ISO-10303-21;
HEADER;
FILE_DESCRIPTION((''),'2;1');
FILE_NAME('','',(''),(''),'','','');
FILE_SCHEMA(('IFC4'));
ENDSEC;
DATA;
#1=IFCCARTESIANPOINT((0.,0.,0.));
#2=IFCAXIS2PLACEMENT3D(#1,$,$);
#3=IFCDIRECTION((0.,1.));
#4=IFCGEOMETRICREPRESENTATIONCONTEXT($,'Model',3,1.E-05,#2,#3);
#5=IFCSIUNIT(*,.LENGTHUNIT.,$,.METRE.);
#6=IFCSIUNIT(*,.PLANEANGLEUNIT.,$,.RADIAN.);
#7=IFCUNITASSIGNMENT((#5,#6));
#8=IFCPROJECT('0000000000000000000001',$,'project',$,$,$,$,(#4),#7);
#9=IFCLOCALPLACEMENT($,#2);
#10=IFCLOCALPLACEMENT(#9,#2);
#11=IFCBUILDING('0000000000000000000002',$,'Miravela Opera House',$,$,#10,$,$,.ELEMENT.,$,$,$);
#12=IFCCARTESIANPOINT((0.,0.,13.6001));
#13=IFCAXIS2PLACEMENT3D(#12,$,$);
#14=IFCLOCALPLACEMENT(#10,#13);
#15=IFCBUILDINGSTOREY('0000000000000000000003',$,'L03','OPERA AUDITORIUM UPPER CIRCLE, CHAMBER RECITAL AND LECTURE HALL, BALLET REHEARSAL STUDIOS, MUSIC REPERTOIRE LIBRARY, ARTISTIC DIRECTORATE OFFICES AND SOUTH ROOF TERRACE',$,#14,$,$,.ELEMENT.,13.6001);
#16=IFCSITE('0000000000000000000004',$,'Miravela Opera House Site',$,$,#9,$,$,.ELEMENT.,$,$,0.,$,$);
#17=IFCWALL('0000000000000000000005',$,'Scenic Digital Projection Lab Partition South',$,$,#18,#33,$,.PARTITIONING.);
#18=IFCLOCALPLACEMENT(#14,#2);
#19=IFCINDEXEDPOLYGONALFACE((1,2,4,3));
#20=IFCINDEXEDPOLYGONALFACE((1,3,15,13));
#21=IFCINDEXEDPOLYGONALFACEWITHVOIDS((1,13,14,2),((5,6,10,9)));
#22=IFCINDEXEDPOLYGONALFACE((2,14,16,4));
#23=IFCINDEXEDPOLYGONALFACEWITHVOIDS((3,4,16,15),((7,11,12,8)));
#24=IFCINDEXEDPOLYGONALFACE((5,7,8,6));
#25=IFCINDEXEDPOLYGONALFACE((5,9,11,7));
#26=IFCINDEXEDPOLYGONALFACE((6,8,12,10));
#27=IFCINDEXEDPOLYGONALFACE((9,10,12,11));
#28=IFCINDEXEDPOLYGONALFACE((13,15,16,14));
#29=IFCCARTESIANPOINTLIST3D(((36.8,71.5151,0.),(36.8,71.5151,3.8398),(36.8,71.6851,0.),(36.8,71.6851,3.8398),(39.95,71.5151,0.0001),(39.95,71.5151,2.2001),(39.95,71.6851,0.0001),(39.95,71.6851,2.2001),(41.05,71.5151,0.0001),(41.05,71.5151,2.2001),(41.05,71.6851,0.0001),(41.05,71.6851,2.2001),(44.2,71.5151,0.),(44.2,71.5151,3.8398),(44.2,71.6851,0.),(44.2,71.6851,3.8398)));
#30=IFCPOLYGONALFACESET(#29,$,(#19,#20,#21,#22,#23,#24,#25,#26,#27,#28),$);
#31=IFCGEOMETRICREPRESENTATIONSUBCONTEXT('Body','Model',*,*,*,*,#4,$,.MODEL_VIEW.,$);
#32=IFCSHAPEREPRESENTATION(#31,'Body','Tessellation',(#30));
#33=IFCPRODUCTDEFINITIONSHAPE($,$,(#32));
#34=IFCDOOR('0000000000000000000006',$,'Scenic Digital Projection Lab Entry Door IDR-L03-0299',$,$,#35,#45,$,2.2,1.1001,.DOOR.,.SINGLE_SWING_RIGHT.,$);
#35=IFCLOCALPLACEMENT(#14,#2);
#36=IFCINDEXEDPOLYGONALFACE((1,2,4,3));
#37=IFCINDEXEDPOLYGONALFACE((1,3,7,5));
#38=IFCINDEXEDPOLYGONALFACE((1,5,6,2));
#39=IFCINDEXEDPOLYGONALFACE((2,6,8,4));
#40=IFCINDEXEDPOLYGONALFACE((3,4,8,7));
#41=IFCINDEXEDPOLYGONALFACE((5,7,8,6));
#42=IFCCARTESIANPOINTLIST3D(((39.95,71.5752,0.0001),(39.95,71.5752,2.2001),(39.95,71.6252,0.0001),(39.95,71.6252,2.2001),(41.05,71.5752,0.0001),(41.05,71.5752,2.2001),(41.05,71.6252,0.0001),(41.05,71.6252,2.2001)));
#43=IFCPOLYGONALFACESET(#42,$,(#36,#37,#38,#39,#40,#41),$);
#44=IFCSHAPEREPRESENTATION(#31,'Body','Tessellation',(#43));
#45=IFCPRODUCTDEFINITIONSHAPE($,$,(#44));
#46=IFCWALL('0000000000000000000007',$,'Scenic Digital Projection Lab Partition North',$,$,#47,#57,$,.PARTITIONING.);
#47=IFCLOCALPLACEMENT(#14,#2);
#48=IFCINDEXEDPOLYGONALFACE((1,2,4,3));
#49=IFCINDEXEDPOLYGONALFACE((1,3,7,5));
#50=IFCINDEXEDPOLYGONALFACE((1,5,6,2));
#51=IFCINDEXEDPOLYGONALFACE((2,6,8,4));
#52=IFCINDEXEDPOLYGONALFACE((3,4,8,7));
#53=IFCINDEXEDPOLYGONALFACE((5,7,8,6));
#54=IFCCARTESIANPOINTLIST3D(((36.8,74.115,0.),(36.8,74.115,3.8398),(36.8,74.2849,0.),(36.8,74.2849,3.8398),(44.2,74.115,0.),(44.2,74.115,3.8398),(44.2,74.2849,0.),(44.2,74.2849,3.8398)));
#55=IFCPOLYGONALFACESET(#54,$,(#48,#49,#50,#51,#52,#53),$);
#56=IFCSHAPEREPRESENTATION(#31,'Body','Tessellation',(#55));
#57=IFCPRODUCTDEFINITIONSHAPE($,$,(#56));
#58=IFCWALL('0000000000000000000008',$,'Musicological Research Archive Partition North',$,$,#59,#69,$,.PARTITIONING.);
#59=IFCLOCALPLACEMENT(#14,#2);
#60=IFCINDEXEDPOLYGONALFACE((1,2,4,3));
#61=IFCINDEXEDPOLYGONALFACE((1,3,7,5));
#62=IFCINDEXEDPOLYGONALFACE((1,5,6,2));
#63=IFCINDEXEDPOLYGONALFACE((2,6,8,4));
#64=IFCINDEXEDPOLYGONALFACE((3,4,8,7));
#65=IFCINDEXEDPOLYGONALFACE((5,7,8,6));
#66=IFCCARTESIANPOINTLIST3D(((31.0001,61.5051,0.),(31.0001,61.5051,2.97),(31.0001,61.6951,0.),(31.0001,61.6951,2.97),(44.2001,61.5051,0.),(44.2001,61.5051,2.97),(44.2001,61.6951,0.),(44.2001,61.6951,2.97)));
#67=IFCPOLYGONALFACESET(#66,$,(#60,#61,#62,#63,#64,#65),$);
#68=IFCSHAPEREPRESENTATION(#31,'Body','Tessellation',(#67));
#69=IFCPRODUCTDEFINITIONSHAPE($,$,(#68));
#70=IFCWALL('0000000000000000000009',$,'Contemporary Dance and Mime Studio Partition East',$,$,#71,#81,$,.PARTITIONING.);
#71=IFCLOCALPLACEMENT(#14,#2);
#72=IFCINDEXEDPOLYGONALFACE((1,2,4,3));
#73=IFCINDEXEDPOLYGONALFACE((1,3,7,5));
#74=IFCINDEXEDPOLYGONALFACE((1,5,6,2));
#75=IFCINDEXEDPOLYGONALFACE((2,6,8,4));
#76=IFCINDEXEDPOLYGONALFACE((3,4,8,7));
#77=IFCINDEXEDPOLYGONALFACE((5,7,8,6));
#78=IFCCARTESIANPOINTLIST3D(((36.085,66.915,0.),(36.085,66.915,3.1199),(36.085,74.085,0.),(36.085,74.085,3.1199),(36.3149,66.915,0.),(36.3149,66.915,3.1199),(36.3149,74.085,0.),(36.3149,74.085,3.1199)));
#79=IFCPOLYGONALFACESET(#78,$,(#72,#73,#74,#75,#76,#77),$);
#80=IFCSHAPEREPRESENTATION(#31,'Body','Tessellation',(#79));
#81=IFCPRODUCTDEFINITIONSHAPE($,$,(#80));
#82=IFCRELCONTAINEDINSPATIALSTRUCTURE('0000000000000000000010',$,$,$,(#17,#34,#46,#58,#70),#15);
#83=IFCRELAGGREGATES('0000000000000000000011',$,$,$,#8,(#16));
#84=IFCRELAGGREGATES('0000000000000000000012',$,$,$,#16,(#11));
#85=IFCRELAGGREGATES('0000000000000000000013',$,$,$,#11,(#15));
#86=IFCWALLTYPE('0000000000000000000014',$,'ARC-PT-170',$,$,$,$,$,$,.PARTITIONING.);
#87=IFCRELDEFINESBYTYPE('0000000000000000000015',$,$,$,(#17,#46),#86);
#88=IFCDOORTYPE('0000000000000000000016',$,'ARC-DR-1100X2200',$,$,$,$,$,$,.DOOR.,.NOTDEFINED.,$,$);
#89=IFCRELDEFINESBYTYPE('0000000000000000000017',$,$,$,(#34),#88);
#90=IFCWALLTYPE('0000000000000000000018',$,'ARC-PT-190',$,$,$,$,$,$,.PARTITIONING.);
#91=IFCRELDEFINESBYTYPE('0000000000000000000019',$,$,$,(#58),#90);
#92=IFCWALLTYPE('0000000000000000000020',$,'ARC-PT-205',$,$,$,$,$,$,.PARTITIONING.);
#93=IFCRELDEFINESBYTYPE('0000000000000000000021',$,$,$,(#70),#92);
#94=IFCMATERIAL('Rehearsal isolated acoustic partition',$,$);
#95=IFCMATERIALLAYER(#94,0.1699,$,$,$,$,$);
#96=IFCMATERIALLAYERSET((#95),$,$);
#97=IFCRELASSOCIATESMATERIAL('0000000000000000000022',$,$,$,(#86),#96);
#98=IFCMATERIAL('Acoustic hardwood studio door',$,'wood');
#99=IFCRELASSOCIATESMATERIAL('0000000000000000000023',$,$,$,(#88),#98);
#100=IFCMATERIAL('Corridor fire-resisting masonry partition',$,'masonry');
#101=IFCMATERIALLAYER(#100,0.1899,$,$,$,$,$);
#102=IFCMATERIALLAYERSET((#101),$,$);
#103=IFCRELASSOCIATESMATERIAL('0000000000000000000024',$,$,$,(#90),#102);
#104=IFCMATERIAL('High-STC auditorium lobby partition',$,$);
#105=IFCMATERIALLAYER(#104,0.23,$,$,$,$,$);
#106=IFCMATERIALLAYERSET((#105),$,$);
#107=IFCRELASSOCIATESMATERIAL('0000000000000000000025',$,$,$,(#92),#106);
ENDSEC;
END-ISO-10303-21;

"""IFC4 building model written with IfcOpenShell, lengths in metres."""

from ifc_helpers import new_model, si_unit, direction, frame, frame_2d, origin, place, context, subcontext, project, spatial, rectangle, extrude, material, layer, layer_set, type_object, element, fill, save


model = new_model("IFC4")

# Units and contexts
model_context = context("Model", 3, precision=1e-05, world=origin(), true_north=direction((0.0, 1.0)))
body_context = subcontext(model_context, "Body", "Model", "MODEL_VIEW")
ifc_project = project(units=[si_unit("LENGTHUNIT", "METRE"), si_unit("PLANEANGLEUNIT", "RADIAN")], contexts=[model_context])

# Site, building, storey
site_placement = place(None, origin())
site = spatial("IfcSite", under=ifc_project, at=site_placement, Name="Miravela Opera House Site", CompositionType="ELEMENT", RefElevation=0.0)
building_placement = place(site_placement, origin())
building = spatial("IfcBuilding", under=site, at=building_placement, Name="Miravela Opera House", CompositionType="ELEMENT")
storey_placement = place(building_placement, frame((0.0, 0.0, 13.6001)))
storey = spatial("IfcBuildingStorey", under=building, at=storey_placement, Name="L03", Description="OPERA AUDITORIUM UPPER CIRCLE, CHAMBER RECITAL AND LECTURE HALL, BALLET REHEARSAL STUDIOS, MUSIC REPERTOIRE LIBRARY, ARTISTIC DIRECTORATE OFFICES AND SOUTH ROOF TERRACE", CompositionType="ELEMENT", Elevation=13.6001)

# Wall, opening, door
ifc_material_1 = material(Name="Rehearsal isolated acoustic partition")
ifc_layer_1 = layer(ifc_material_1, 0.1699)
ifc_layer_set_1 = layer_set([ifc_layer_1])
wall_type_1 = type_object("IfcWallType", Name="ARC-PT-170", PredefinedType="PARTITIONING", material=ifc_layer_set_1)
wall_1_placement = place(storey_placement, frame((36.8, 71.6001, 0.0), z_axis=(0.0, 0.0, 1.0), x_axis=(1.0, 0.0, 0.0)))
wall_1 = element("IfcWall", 1, at=wall_1_placement, inside=storey, type_object=wall_type_1, Name="Scenic Digital Projection Lab Partition South", PredefinedType="PARTITIONING", context=body_context, shape_type="SweptSolid", body=[
    extrude(rectangle(XDim=7.3999, YDim=0.1699, at=frame_2d((3.7, 0.0))), origin(), (0.0, 0.0, 1.0), 3.8398),
])
opening_1_placement = place(wall_1_placement, frame((3.1499, 0.0, 0.0)))
opening_1 = element("IfcOpeningElement", 2, at=opening_1_placement, cuts=wall_1, PredefinedType="OPENING", context=body_context, shape_type="SweptSolid", body=[
    extrude(rectangle(XDim=1.1001, YDim=2.2, at=frame_2d((0.55, 1.1001))), frame((0.0, 0.095, 0.0), z_axis=(0.0, -1.0, 0.0), x_axis=(1.0, 0.0, 0.0)), (0.0, 0.0, 1.0), 0.1899),
])
ifc_material_2 = material(Name="Acoustic hardwood studio door", Category="wood")
door_type_1 = type_object("IfcDoorType", Name="ARC-DR-1100X2200", OperationType="NOTDEFINED", PredefinedType="DOOR", material=ifc_material_2)
door_1_placement = place(opening_1_placement, frame((1.1001, 0.0, 0.0), z_axis=(0.0, 0.0, 1.0), x_axis=(-1.0, 0.0, 0.0)))
door_1 = element("IfcDoor", 3, at=door_1_placement, inside=storey, type_object=door_type_1, Name="Scenic Digital Projection Lab Entry Door IDR-L03-0299", OperationType="SINGLE_SWING_RIGHT", OverallHeight=2.2, OverallWidth=1.1001, PredefinedType="DOOR", context=body_context, shape_type="SweptSolid", body=[
    extrude(rectangle(XDim=1.1001, YDim=2.2, at=frame_2d((0.55, 1.1001))), frame((0.0, 0.0249, 0.0), z_axis=(0.0, -1.0, 0.0), x_axis=(1.0, 0.0, 0.0)), (0.0, 0.0, 1.0), 0.05),
])
fill(opening_1, door_1)

# Walls
wall_2_placement = place(storey_placement, frame((36.8, 74.2, 0.0), z_axis=(0.0, 0.0, 1.0), x_axis=(1.0, 0.0, 0.0)))
element("IfcWall", 4, at=wall_2_placement, inside=storey, type_object=wall_type_1, Name="Scenic Digital Projection Lab Partition North", PredefinedType="PARTITIONING", context=body_context, shape_type="SweptSolid", body=[
    extrude(rectangle(XDim=7.3999, YDim=0.1699, at=frame_2d((3.7, 0.0))), origin(), (0.0, 0.0, 1.0), 3.8398),
])
ifc_material_3 = material(Name="Corridor fire-resisting masonry partition", Category="masonry")
ifc_layer_2 = layer(ifc_material_3, 0.1899)
ifc_layer_set_2 = layer_set([ifc_layer_2])
wall_type_2 = type_object("IfcWallType", Name="ARC-PT-190", PredefinedType="PARTITIONING", material=ifc_layer_set_2)
wall_3_placement = place(storey_placement, frame((31.0, 61.6001, 0.0), z_axis=(0.0, 0.0, 1.0), x_axis=(1.0, 0.0, 0.0)))
element("IfcWall", 5, at=wall_3_placement, inside=storey, type_object=wall_type_2, Name="Musicological Research Archive Partition North", PredefinedType="PARTITIONING", context=body_context, shape_type="SweptSolid", body=[
    extrude(rectangle(XDim=13.2, YDim=0.1899, at=frame_2d((6.6001, 0.0))), origin(), (0.0, 0.0, 1.0), 2.97),
])
ifc_material_4 = material(Name="High-STC auditorium lobby partition")
ifc_layer_3 = layer(ifc_material_4, 0.23)
ifc_layer_set_3 = layer_set([ifc_layer_3])
wall_type_3 = type_object("IfcWallType", Name="ARC-PT-205", PredefinedType="PARTITIONING", material=ifc_layer_set_3)
wall_4_placement = place(storey_placement, frame((36.2, 66.915, 0.0), z_axis=(0.0, 0.0, 1.0), x_axis=(0.0, 1.0, 0.0)))
element("IfcWall", 6, at=wall_4_placement, inside=storey, type_object=wall_type_3, Name="Contemporary Dance and Mime Studio Partition East", PredefinedType="PARTITIONING", context=body_context, shape_type="SweptSolid", body=[
    extrude(rectangle(XDim=7.1699, YDim=0.23, at=frame_2d((3.585, 0.0))), origin(), (0.0, 0.0, 1.0), 3.1199),
])

save(model, "model.ifc")
